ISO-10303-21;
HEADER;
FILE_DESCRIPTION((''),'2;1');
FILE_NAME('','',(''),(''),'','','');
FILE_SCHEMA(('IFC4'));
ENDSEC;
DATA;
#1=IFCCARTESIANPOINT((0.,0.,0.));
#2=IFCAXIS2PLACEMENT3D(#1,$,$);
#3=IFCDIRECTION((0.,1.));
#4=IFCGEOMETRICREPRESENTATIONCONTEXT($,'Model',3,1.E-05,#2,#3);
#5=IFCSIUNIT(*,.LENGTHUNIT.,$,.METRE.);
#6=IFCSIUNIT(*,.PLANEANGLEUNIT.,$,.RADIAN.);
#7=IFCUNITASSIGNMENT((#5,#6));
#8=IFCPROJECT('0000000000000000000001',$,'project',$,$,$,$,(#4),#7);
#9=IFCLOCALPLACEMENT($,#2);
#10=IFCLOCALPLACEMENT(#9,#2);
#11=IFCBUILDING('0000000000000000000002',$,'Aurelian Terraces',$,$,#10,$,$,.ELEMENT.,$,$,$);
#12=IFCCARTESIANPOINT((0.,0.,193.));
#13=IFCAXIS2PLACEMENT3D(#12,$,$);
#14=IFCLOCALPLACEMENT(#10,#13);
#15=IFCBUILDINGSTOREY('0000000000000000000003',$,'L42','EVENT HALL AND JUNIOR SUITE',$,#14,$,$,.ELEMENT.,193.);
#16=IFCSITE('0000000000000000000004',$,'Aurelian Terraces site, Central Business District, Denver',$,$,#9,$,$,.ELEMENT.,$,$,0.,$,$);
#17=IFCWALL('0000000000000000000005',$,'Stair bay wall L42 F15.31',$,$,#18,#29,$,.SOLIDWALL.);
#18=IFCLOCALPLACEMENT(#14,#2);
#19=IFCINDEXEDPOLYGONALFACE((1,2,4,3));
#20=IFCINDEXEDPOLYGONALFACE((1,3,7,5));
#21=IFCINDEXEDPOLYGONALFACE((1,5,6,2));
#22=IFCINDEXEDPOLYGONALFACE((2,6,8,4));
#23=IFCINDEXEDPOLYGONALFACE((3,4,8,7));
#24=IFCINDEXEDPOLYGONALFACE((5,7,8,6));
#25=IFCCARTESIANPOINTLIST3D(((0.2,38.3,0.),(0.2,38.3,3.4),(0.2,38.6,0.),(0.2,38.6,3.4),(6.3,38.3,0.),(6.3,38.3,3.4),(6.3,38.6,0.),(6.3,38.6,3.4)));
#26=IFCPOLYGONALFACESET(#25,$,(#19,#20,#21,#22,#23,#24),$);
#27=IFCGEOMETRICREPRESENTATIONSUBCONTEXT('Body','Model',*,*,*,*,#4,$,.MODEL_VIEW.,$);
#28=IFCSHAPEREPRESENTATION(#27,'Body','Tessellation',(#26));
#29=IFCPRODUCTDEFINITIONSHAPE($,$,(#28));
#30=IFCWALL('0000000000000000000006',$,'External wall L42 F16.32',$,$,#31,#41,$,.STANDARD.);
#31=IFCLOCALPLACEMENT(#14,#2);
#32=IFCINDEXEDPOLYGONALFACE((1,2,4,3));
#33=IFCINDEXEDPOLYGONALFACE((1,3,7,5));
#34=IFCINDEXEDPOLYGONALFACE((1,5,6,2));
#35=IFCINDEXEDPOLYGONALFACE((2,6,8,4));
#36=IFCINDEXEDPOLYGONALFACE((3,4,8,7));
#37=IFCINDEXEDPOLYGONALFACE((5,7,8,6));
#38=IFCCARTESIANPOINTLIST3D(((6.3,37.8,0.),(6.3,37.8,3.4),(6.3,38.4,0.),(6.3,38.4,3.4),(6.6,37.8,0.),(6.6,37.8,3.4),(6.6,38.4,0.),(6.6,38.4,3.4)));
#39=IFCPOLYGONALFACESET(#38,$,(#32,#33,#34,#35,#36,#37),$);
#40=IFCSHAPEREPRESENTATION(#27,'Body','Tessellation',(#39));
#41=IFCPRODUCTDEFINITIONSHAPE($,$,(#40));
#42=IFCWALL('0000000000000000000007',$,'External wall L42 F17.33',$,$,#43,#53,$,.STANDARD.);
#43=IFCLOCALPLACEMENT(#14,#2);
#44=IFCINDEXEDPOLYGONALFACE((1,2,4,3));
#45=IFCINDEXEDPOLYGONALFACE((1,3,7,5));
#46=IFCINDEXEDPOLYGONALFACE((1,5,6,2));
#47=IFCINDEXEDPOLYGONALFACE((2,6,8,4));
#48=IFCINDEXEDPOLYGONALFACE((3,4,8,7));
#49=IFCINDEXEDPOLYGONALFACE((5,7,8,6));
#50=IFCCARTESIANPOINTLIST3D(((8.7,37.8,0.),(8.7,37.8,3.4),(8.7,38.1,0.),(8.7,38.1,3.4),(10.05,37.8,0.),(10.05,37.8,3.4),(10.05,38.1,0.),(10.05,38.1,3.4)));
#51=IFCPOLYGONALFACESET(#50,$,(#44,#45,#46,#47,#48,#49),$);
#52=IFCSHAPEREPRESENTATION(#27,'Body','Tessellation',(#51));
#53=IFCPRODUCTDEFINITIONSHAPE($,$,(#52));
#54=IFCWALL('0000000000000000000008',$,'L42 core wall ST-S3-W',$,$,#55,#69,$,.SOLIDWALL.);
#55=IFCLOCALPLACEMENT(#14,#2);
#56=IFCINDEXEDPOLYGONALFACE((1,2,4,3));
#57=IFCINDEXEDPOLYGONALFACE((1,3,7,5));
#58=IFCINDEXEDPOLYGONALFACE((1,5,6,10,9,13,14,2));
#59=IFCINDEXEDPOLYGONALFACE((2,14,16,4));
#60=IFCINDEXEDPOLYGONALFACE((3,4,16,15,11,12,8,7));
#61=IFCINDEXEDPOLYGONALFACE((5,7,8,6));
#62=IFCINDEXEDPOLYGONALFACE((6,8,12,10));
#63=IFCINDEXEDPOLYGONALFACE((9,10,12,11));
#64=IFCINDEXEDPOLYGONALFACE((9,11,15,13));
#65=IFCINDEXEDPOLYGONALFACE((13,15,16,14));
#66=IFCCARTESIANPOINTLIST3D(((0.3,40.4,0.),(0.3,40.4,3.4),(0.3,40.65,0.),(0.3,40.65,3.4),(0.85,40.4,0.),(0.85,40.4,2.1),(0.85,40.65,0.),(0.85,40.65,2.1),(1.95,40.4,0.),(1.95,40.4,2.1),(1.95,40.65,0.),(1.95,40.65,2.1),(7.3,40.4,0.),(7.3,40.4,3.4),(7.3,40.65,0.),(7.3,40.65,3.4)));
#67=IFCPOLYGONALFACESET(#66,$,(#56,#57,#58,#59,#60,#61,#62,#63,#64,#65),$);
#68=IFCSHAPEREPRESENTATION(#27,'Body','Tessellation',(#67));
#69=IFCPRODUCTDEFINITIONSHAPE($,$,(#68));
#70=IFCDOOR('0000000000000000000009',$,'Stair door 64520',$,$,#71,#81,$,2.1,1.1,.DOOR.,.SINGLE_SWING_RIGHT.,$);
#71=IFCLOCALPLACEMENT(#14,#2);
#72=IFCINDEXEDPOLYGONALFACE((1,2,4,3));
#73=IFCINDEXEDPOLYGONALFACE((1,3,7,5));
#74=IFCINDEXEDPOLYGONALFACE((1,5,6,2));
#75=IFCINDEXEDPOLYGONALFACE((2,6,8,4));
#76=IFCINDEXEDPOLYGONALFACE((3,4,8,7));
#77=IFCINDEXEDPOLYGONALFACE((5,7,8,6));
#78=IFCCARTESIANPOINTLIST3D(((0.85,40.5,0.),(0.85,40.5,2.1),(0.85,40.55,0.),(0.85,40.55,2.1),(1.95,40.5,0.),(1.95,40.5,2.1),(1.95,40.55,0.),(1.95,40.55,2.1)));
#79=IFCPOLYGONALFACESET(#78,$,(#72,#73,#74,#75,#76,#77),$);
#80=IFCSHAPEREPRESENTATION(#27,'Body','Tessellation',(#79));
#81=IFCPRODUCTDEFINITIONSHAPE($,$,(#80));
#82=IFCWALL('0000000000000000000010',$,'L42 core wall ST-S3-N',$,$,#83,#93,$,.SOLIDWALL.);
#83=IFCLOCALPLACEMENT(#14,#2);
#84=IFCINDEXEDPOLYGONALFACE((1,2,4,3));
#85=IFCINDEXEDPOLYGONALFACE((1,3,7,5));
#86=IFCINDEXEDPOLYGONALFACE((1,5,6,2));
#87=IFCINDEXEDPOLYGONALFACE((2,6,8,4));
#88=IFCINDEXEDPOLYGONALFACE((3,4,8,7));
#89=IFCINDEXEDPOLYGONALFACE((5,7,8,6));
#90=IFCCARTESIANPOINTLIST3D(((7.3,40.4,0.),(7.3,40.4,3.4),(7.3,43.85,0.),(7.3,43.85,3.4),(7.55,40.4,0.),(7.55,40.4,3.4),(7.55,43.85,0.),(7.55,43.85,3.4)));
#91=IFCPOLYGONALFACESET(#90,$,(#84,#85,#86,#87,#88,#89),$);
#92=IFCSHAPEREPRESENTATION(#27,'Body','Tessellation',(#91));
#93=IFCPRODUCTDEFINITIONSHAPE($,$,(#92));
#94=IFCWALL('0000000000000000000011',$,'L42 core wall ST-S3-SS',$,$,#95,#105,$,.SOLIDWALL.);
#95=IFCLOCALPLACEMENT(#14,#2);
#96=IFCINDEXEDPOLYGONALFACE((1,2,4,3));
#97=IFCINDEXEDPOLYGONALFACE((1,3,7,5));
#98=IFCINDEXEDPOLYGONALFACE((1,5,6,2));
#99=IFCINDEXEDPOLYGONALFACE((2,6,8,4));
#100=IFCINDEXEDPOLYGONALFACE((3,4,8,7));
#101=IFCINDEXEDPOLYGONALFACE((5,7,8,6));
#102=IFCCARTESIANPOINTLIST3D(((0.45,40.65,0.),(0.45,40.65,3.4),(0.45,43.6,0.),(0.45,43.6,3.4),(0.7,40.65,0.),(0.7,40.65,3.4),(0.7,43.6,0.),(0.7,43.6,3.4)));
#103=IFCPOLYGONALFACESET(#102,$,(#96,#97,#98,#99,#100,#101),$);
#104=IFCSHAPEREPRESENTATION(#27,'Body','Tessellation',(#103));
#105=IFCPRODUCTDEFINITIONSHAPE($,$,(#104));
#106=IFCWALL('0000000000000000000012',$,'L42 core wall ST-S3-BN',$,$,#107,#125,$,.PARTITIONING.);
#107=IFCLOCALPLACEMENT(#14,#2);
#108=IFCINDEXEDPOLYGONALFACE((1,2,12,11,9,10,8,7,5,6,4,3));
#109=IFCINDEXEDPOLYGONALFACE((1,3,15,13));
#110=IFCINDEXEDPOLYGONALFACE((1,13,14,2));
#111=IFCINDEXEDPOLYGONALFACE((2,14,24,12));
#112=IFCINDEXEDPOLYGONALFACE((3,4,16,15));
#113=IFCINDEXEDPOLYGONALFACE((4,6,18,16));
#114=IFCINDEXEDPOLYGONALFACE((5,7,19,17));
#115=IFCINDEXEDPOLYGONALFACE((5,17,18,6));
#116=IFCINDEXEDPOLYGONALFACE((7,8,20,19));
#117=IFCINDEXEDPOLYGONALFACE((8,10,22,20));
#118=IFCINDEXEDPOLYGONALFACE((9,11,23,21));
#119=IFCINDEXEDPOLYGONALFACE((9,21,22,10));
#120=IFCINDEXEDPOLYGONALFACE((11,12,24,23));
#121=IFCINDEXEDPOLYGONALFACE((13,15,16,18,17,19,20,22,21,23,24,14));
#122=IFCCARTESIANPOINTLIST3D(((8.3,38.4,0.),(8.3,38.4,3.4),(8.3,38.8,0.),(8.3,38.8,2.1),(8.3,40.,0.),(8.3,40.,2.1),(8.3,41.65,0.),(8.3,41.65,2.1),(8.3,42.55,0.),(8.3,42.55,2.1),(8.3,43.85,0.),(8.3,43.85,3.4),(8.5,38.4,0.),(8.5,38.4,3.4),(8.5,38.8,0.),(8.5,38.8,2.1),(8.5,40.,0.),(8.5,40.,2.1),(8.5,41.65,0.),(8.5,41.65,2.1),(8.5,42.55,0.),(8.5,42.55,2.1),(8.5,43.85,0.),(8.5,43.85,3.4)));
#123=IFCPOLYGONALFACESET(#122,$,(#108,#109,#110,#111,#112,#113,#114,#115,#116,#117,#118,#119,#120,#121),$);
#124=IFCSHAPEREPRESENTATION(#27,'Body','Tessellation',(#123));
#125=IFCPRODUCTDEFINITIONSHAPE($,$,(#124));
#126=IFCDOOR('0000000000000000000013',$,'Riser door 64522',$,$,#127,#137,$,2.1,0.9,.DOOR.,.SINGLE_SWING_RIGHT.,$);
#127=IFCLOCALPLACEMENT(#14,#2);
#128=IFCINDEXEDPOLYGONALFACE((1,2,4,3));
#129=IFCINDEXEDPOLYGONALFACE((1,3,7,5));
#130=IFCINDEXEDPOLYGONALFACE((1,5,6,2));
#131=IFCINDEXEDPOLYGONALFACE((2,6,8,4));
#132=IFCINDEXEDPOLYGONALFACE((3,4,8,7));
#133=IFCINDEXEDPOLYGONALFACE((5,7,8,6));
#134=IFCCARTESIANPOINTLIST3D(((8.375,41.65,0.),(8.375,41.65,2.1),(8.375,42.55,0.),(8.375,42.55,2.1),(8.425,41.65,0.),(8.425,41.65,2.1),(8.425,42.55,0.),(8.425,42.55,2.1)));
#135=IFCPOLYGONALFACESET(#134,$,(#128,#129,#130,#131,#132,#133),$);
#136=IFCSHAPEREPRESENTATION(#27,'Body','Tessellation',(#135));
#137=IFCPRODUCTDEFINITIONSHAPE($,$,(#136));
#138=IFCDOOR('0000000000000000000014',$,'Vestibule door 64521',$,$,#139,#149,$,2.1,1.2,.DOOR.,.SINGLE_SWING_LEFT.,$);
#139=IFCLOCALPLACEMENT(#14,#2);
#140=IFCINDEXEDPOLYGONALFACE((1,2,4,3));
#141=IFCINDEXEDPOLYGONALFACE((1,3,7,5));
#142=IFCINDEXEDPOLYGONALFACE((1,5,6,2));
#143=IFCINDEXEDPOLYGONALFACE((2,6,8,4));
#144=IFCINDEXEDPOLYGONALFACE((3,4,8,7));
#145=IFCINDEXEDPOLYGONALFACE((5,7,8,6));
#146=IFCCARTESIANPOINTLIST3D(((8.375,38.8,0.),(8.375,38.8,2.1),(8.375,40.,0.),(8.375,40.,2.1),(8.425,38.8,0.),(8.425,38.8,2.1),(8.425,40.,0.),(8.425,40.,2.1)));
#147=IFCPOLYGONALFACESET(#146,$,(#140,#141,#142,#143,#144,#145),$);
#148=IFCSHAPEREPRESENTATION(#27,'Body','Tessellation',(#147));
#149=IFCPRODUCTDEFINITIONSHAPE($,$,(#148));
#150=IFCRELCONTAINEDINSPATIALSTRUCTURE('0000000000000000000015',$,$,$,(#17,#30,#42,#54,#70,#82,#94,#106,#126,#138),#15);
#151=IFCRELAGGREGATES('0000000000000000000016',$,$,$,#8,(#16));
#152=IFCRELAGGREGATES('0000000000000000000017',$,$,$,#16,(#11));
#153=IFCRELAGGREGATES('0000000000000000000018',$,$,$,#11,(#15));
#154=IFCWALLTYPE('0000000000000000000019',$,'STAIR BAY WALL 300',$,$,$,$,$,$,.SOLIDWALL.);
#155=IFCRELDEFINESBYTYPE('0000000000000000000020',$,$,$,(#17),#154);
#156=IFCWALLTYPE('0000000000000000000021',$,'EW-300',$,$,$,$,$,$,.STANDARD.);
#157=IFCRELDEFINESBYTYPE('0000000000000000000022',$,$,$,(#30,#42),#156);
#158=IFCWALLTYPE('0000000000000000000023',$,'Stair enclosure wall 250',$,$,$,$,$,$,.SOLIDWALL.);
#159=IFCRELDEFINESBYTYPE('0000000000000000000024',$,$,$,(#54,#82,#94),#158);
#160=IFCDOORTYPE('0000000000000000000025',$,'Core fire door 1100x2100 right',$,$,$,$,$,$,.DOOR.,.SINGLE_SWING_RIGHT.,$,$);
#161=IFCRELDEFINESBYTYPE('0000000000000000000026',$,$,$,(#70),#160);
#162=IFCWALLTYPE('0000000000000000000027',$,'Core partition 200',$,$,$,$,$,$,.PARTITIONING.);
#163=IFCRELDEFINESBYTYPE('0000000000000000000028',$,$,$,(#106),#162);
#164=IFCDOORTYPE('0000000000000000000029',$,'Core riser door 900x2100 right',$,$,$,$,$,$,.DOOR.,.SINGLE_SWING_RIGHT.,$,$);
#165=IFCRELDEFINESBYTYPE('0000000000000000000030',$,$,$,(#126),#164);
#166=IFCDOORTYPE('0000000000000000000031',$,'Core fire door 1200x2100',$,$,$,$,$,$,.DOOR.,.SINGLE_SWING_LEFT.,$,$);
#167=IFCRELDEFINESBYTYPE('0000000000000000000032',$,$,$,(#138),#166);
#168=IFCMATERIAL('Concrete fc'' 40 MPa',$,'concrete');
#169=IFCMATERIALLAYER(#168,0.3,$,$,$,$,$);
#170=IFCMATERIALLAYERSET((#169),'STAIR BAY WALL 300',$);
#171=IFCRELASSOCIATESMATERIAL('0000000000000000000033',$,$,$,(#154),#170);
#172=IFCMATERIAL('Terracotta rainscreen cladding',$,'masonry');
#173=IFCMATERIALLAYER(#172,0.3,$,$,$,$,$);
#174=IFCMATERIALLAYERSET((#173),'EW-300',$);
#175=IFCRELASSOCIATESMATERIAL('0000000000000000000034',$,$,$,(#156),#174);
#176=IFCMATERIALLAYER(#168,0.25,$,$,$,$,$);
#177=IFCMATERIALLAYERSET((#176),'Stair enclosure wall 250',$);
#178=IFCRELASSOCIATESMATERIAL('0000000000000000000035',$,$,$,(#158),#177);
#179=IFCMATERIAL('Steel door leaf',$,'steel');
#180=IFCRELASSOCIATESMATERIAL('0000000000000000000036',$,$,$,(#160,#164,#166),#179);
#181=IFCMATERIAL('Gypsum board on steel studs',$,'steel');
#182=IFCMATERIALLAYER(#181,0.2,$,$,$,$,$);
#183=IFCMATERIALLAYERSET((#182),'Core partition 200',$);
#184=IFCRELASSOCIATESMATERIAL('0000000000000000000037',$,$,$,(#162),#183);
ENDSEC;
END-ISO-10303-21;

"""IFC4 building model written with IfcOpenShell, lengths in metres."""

from ifc_helpers import new_model, si_unit, direction, frame, frame_2d, origin, place, context, subcontext, project, spatial, rectangle, extrude, source, transform, mapped, material, layer, layer_set, type_object, element, fill, save


model = new_model("IFC4")

# Units and contexts
model_context = context("Model", 3, precision=1e-05, world=origin(), true_north=direction((0.0, 1.0)))
body_context = subcontext(model_context, "Body", "Model", "MODEL_VIEW")
ifc_project = project(units=[si_unit("LENGTHUNIT", "METRE"), si_unit("PLANEANGLEUNIT", "RADIAN")], contexts=[model_context])

# Site, building, storey
site_placement = place(None, origin())
site = spatial("IfcSite", under=ifc_project, at=site_placement, Name="Aurelian Terraces site, Central Business District, Denver", CompositionType="ELEMENT", RefElevation=0.0)
building_placement = place(site_placement, origin())
building = spatial("IfcBuilding", under=site, at=building_placement, Name="Aurelian Terraces", CompositionType="ELEMENT")
storey_placement = place(building_placement, frame((0.0, 0.0, 193.0)))
storey = spatial("IfcBuildingStorey", under=building, at=storey_placement, Name="L42", Description="EVENT HALL AND JUNIOR SUITE", CompositionType="ELEMENT", Elevation=193.0)

# Walls
ifc_material_1 = material(Name="Concrete fc' 40 MPa", Category="concrete")
ifc_layer_1 = layer(ifc_material_1, 0.3)
ifc_layer_set_1 = layer_set([ifc_layer_1], Name="STAIR BAY WALL 300")
wall_type_1 = type_object("IfcWallType", Name="STAIR BAY WALL 300", PredefinedType="SOLIDWALL", material=ifc_layer_set_1)
shared_shape_1 = source(origin(), body_context, "Body", "SweptSolid", [
    extrude(rectangle(XDim=6.1, YDim=0.3, at=frame_2d((3.05, 0.0))), origin(), (0.0, 0.0, 1.0), 3.4),
])
wall_1_placement = place(storey_placement, frame((0.2, 38.45, 0.0), z_axis=(0.0, 0.0, 1.0), x_axis=(1.0, 0.0, 0.0)))
element("IfcWall", 1, at=wall_1_placement, inside=storey, type_object=wall_type_1, Name="Stair bay wall L42 F15.31", PredefinedType="SOLIDWALL", context=body_context, shape_type="MappedRepresentation", body=[
    mapped(shared_shape_1, transform((0.0, 0.0, 0.0), scale=1.0)),
])
ifc_material_2 = material(Name="Terracotta rainscreen cladding", Category="masonry")
ifc_layer_2 = layer(ifc_material_2, 0.3)
ifc_layer_set_2 = layer_set([ifc_layer_2], Name="EW-300")
wall_type_2 = type_object("IfcWallType", Name="EW-300", PredefinedType="STANDARD", material=ifc_layer_set_2)
shared_shape_2 = source(origin(), body_context, "Body", "SweptSolid", [
    extrude(rectangle(XDim=0.6, YDim=0.3, at=frame_2d((0.3, 0.0))), origin(), (0.0, 0.0, 1.0), 3.4),
])
wall_2_placement = place(storey_placement, frame((6.45, 38.4, 0.0), z_axis=(0.0, 0.0, 1.0), x_axis=(0.0, -1.0, 0.0)))
element("IfcWall", 2, at=wall_2_placement, inside=storey, type_object=wall_type_2, Name="External wall L42 F16.32", PredefinedType="STANDARD", context=body_context, shape_type="MappedRepresentation", body=[
    mapped(shared_shape_2, transform((0.0, 0.0, 0.0), scale=1.0)),
])
shared_shape_3 = source(origin(), body_context, "Body", "SweptSolid", [
    extrude(rectangle(XDim=1.35, YDim=0.3, at=frame_2d((0.675, 0.0))), origin(), (0.0, 0.0, 1.0), 3.4),
])
wall_3_placement = place(storey_placement, frame((8.7, 37.95, 0.0), z_axis=(0.0, 0.0, 1.0), x_axis=(1.0, 0.0, 0.0)))
element("IfcWall", 3, at=wall_3_placement, inside=storey, type_object=wall_type_2, Name="External wall L42 F17.33", PredefinedType="STANDARD", context=body_context, shape_type="MappedRepresentation", body=[
    mapped(shared_shape_3, transform((0.0, 0.0, 0.0), scale=1.0)),
])

# Wall, opening, door
ifc_layer_3 = layer(ifc_material_1, 0.25)
ifc_layer_set_3 = layer_set([ifc_layer_3], Name="Stair enclosure wall 250")
wall_type_3 = type_object("IfcWallType", Name="Stair enclosure wall 250", PredefinedType="SOLIDWALL", material=ifc_layer_set_3)
shared_shape_4 = source(origin(), body_context, "Body", "SweptSolid", [
    extrude(rectangle(XDim=7.0, YDim=0.25, at=frame_2d((3.5, 0.0))), origin(), (0.0, 0.0, 1.0), 3.4),
])
wall_4_placement = place(storey_placement, frame((0.3, 40.525, 0.0), z_axis=(0.0, 0.0, 1.0), x_axis=(1.0, 0.0, 0.0)))
wall_4 = element("IfcWall", 4, at=wall_4_placement, inside=storey, type_object=wall_type_3, Name="L42 core wall ST-S3-W", PredefinedType="SOLIDWALL", context=body_context, shape_type="MappedRepresentation", body=[
    mapped(shared_shape_4, transform((0.0, 0.0, 0.0), scale=1.0)),
])
shared_shape_5 = source(origin(), body_context, "Body", "SweptSolid", [
    extrude(rectangle(XDim=1.1, YDim=2.1, at=frame_2d((0.55, 1.05))), frame((0.0, 0.135, 0.0), z_axis=(0.0, -1.0, 0.0), x_axis=(1.0, 0.0, 0.0)), (0.0, 0.0, 1.0), 0.27),
])
opening_1_placement = place(wall_4_placement, frame((0.55, 0.0, 0.0)))
opening_1 = element("IfcOpeningElement", 5, at=opening_1_placement, cuts=wall_4, PredefinedType="OPENING", context=body_context, shape_type="MappedRepresentation", body=[
    mapped(shared_shape_5, transform((0.0, 0.0, 0.0), scale=1.0)),
])
ifc_material_3 = material(Name="Steel door leaf", Category="steel")
door_type_1 = type_object("IfcDoorType", Name="Core fire door 1100x2100 right", OperationType="SINGLE_SWING_RIGHT", PredefinedType="DOOR", material=ifc_material_3)
shared_shape_6 = source(origin(), body_context, "Body", "SweptSolid", [
    extrude(rectangle(XDim=1.1, YDim=2.1, at=frame_2d((0.55, 1.05))), frame((0.0, 0.025, 0.0), z_axis=(0.0, -1.0, 0.0), x_axis=(1.0, 0.0, 0.0)), (0.0, 0.0, 1.0), 0.05),
])
door_1_placement = place(opening_1_placement, origin())
door_1 = element("IfcDoor", 6, at=door_1_placement, inside=storey, type_object=door_type_1, Name="Stair door 64520", OperationType="SINGLE_SWING_RIGHT", OverallHeight=2.1, OverallWidth=1.1, PredefinedType="DOOR", context=body_context, shape_type="MappedRepresentation", body=[
    mapped(shared_shape_6, transform((0.0, 0.0, 0.0), scale=1.0)),
])
fill(opening_1, door_1)

# Walls
shared_shape_7 = source(origin(), body_context, "Body", "SweptSolid", [
    extrude(rectangle(XDim=3.45, YDim=0.25, at=frame_2d((1.725, 0.0))), origin(), (0.0, 0.0, 1.0), 3.4),
])
wall_5_placement = place(storey_placement, frame((7.425, 40.4, 0.0), z_axis=(0.0, 0.0, 1.0), x_axis=(0.0, 1.0, 0.0)))
element("IfcWall", 7, at=wall_5_placement, inside=storey, type_object=wall_type_3, Name="L42 core wall ST-S3-N", PredefinedType="SOLIDWALL", context=body_context, shape_type="MappedRepresentation", body=[
    mapped(shared_shape_7, transform((0.0, 0.0, 0.0), scale=1.0)),
])
shared_shape_8 = source(origin(), body_context, "Body", "SweptSolid", [
    extrude(rectangle(XDim=2.95, YDim=0.25, at=frame_2d((1.475, 0.0))), origin(), (0.0, 0.0, 1.0), 3.4),
])
wall_6_placement = place(storey_placement, frame((0.575, 40.65, 0.0), z_axis=(0.0, 0.0, 1.0), x_axis=(0.0, 1.0, 0.0)))
element("IfcWall", 8, at=wall_6_placement, inside=storey, type_object=wall_type_3, Name="L42 core wall ST-S3-SS", PredefinedType="SOLIDWALL", context=body_context, shape_type="MappedRepresentation", body=[
    mapped(shared_shape_8, transform((0.0, 0.0, 0.0), scale=1.0)),
])

# Wall, openings, doors
ifc_material_4 = material(Name="Gypsum board on steel studs", Category="steel")
ifc_layer_4 = layer(ifc_material_4, 0.2)
ifc_layer_set_4 = layer_set([ifc_layer_4], Name="Core partition 200")
wall_type_4 = type_object("IfcWallType", Name="Core partition 200", PredefinedType="PARTITIONING", material=ifc_layer_set_4)
shared_shape_9 = source(origin(), body_context, "Body", "SweptSolid", [
    extrude(rectangle(XDim=5.45, YDim=0.2, at=frame_2d((2.725, 0.0))), origin(), (0.0, 0.0, 1.0), 3.4),
])
wall_7_placement = place(storey_placement, frame((8.4, 38.4, 0.0), z_axis=(0.0, 0.0, 1.0), x_axis=(0.0, 1.0, 0.0)))
wall_7 = element("IfcWall", 9, at=wall_7_placement, inside=storey, type_object=wall_type_4, Name="L42 core wall ST-S3-BN", PredefinedType="PARTITIONING", context=body_context, shape_type="MappedRepresentation", body=[
    mapped(shared_shape_9, transform((0.0, 0.0, 0.0), scale=1.0)),
])
shared_shape_10 = source(origin(), body_context, "Body", "SweptSolid", [
    extrude(rectangle(XDim=1.2, YDim=2.1, at=frame_2d((0.6, 1.05))), frame((0.0, 0.11, 0.0), z_axis=(0.0, -1.0, 0.0), x_axis=(1.0, 0.0, 0.0)), (0.0, 0.0, 1.0), 0.22),
])
opening_2_placement = place(wall_7_placement, frame((0.4, 0.0, 0.0)))
opening_2 = element("IfcOpeningElement", 10, at=opening_2_placement, cuts=wall_7, PredefinedType="OPENING", context=body_context, shape_type="MappedRepresentation", body=[
    mapped(shared_shape_10, transform((0.0, 0.0, 0.0), scale=1.0)),
])
shared_shape_11 = source(origin(), body_context, "Body", "SweptSolid", [
    extrude(rectangle(XDim=0.9, YDim=2.1, at=frame_2d((0.45, 1.05))), frame((0.0, 0.11, 0.0), z_axis=(0.0, -1.0, 0.0), x_axis=(1.0, 0.0, 0.0)), (0.0, 0.0, 1.0), 0.22),
])
opening_3_placement = place(wall_7_placement, frame((3.25, 0.0, 0.0)))
opening_3 = element("IfcOpeningElement", 11, at=opening_3_placement, cuts=wall_7, PredefinedType="OPENING", context=body_context, shape_type="MappedRepresentation", body=[
    mapped(shared_shape_11, transform((0.0, 0.0, 0.0), scale=1.0)),
])
door_type_2 = type_object("IfcDoorType", Name="Core riser door 900x2100 right", OperationType="SINGLE_SWING_RIGHT", PredefinedType="DOOR", material=ifc_material_3)
shared_shape_12 = source(origin(), body_context, "Body", "SweptSolid", [
    extrude(rectangle(XDim=0.9, YDim=2.1, at=frame_2d((0.45, 1.05))), frame((0.0, 0.025, 0.0), z_axis=(0.0, -1.0, 0.0), x_axis=(1.0, 0.0, 0.0)), (0.0, 0.0, 1.0), 0.05),
])
door_2_placement = place(opening_3_placement, origin())
door_2 = element("IfcDoor", 12, at=door_2_placement, inside=storey, type_object=door_type_2, Name="Riser door 64522", OperationType="SINGLE_SWING_RIGHT", OverallHeight=2.1, OverallWidth=0.9, PredefinedType="DOOR", context=body_context, shape_type="MappedRepresentation", body=[
    mapped(shared_shape_12, transform((0.0, 0.0, 0.0), scale=1.0)),
])
fill(opening_3, door_2)
door_type_3 = type_object("IfcDoorType", Name="Core fire door 1200x2100", OperationType="SINGLE_SWING_LEFT", PredefinedType="DOOR", material=ifc_material_3)
shared_shape_13 = source(origin(), body_context, "Body", "SweptSolid", [
    extrude(rectangle(XDim=1.2, YDim=2.1, at=frame_2d((0.6, 1.05))), frame((0.0, 0.025, 0.0), z_axis=(0.0, -1.0, 0.0), x_axis=(1.0, 0.0, 0.0)), (0.0, 0.0, 1.0), 0.05),
])
door_3_placement = place(opening_2_placement, origin())
door_3 = element("IfcDoor", 13, at=door_3_placement, inside=storey, type_object=door_type_3, Name="Vestibule door 64521", OperationType="SINGLE_SWING_LEFT", OverallHeight=2.1, OverallWidth=1.2, PredefinedType="DOOR", context=body_context, shape_type="MappedRepresentation", body=[
    mapped(shared_shape_13, transform((0.0, 0.0, 0.0), scale=1.0)),
])
fill(opening_2, door_3)

save(model, "model.ifc")
